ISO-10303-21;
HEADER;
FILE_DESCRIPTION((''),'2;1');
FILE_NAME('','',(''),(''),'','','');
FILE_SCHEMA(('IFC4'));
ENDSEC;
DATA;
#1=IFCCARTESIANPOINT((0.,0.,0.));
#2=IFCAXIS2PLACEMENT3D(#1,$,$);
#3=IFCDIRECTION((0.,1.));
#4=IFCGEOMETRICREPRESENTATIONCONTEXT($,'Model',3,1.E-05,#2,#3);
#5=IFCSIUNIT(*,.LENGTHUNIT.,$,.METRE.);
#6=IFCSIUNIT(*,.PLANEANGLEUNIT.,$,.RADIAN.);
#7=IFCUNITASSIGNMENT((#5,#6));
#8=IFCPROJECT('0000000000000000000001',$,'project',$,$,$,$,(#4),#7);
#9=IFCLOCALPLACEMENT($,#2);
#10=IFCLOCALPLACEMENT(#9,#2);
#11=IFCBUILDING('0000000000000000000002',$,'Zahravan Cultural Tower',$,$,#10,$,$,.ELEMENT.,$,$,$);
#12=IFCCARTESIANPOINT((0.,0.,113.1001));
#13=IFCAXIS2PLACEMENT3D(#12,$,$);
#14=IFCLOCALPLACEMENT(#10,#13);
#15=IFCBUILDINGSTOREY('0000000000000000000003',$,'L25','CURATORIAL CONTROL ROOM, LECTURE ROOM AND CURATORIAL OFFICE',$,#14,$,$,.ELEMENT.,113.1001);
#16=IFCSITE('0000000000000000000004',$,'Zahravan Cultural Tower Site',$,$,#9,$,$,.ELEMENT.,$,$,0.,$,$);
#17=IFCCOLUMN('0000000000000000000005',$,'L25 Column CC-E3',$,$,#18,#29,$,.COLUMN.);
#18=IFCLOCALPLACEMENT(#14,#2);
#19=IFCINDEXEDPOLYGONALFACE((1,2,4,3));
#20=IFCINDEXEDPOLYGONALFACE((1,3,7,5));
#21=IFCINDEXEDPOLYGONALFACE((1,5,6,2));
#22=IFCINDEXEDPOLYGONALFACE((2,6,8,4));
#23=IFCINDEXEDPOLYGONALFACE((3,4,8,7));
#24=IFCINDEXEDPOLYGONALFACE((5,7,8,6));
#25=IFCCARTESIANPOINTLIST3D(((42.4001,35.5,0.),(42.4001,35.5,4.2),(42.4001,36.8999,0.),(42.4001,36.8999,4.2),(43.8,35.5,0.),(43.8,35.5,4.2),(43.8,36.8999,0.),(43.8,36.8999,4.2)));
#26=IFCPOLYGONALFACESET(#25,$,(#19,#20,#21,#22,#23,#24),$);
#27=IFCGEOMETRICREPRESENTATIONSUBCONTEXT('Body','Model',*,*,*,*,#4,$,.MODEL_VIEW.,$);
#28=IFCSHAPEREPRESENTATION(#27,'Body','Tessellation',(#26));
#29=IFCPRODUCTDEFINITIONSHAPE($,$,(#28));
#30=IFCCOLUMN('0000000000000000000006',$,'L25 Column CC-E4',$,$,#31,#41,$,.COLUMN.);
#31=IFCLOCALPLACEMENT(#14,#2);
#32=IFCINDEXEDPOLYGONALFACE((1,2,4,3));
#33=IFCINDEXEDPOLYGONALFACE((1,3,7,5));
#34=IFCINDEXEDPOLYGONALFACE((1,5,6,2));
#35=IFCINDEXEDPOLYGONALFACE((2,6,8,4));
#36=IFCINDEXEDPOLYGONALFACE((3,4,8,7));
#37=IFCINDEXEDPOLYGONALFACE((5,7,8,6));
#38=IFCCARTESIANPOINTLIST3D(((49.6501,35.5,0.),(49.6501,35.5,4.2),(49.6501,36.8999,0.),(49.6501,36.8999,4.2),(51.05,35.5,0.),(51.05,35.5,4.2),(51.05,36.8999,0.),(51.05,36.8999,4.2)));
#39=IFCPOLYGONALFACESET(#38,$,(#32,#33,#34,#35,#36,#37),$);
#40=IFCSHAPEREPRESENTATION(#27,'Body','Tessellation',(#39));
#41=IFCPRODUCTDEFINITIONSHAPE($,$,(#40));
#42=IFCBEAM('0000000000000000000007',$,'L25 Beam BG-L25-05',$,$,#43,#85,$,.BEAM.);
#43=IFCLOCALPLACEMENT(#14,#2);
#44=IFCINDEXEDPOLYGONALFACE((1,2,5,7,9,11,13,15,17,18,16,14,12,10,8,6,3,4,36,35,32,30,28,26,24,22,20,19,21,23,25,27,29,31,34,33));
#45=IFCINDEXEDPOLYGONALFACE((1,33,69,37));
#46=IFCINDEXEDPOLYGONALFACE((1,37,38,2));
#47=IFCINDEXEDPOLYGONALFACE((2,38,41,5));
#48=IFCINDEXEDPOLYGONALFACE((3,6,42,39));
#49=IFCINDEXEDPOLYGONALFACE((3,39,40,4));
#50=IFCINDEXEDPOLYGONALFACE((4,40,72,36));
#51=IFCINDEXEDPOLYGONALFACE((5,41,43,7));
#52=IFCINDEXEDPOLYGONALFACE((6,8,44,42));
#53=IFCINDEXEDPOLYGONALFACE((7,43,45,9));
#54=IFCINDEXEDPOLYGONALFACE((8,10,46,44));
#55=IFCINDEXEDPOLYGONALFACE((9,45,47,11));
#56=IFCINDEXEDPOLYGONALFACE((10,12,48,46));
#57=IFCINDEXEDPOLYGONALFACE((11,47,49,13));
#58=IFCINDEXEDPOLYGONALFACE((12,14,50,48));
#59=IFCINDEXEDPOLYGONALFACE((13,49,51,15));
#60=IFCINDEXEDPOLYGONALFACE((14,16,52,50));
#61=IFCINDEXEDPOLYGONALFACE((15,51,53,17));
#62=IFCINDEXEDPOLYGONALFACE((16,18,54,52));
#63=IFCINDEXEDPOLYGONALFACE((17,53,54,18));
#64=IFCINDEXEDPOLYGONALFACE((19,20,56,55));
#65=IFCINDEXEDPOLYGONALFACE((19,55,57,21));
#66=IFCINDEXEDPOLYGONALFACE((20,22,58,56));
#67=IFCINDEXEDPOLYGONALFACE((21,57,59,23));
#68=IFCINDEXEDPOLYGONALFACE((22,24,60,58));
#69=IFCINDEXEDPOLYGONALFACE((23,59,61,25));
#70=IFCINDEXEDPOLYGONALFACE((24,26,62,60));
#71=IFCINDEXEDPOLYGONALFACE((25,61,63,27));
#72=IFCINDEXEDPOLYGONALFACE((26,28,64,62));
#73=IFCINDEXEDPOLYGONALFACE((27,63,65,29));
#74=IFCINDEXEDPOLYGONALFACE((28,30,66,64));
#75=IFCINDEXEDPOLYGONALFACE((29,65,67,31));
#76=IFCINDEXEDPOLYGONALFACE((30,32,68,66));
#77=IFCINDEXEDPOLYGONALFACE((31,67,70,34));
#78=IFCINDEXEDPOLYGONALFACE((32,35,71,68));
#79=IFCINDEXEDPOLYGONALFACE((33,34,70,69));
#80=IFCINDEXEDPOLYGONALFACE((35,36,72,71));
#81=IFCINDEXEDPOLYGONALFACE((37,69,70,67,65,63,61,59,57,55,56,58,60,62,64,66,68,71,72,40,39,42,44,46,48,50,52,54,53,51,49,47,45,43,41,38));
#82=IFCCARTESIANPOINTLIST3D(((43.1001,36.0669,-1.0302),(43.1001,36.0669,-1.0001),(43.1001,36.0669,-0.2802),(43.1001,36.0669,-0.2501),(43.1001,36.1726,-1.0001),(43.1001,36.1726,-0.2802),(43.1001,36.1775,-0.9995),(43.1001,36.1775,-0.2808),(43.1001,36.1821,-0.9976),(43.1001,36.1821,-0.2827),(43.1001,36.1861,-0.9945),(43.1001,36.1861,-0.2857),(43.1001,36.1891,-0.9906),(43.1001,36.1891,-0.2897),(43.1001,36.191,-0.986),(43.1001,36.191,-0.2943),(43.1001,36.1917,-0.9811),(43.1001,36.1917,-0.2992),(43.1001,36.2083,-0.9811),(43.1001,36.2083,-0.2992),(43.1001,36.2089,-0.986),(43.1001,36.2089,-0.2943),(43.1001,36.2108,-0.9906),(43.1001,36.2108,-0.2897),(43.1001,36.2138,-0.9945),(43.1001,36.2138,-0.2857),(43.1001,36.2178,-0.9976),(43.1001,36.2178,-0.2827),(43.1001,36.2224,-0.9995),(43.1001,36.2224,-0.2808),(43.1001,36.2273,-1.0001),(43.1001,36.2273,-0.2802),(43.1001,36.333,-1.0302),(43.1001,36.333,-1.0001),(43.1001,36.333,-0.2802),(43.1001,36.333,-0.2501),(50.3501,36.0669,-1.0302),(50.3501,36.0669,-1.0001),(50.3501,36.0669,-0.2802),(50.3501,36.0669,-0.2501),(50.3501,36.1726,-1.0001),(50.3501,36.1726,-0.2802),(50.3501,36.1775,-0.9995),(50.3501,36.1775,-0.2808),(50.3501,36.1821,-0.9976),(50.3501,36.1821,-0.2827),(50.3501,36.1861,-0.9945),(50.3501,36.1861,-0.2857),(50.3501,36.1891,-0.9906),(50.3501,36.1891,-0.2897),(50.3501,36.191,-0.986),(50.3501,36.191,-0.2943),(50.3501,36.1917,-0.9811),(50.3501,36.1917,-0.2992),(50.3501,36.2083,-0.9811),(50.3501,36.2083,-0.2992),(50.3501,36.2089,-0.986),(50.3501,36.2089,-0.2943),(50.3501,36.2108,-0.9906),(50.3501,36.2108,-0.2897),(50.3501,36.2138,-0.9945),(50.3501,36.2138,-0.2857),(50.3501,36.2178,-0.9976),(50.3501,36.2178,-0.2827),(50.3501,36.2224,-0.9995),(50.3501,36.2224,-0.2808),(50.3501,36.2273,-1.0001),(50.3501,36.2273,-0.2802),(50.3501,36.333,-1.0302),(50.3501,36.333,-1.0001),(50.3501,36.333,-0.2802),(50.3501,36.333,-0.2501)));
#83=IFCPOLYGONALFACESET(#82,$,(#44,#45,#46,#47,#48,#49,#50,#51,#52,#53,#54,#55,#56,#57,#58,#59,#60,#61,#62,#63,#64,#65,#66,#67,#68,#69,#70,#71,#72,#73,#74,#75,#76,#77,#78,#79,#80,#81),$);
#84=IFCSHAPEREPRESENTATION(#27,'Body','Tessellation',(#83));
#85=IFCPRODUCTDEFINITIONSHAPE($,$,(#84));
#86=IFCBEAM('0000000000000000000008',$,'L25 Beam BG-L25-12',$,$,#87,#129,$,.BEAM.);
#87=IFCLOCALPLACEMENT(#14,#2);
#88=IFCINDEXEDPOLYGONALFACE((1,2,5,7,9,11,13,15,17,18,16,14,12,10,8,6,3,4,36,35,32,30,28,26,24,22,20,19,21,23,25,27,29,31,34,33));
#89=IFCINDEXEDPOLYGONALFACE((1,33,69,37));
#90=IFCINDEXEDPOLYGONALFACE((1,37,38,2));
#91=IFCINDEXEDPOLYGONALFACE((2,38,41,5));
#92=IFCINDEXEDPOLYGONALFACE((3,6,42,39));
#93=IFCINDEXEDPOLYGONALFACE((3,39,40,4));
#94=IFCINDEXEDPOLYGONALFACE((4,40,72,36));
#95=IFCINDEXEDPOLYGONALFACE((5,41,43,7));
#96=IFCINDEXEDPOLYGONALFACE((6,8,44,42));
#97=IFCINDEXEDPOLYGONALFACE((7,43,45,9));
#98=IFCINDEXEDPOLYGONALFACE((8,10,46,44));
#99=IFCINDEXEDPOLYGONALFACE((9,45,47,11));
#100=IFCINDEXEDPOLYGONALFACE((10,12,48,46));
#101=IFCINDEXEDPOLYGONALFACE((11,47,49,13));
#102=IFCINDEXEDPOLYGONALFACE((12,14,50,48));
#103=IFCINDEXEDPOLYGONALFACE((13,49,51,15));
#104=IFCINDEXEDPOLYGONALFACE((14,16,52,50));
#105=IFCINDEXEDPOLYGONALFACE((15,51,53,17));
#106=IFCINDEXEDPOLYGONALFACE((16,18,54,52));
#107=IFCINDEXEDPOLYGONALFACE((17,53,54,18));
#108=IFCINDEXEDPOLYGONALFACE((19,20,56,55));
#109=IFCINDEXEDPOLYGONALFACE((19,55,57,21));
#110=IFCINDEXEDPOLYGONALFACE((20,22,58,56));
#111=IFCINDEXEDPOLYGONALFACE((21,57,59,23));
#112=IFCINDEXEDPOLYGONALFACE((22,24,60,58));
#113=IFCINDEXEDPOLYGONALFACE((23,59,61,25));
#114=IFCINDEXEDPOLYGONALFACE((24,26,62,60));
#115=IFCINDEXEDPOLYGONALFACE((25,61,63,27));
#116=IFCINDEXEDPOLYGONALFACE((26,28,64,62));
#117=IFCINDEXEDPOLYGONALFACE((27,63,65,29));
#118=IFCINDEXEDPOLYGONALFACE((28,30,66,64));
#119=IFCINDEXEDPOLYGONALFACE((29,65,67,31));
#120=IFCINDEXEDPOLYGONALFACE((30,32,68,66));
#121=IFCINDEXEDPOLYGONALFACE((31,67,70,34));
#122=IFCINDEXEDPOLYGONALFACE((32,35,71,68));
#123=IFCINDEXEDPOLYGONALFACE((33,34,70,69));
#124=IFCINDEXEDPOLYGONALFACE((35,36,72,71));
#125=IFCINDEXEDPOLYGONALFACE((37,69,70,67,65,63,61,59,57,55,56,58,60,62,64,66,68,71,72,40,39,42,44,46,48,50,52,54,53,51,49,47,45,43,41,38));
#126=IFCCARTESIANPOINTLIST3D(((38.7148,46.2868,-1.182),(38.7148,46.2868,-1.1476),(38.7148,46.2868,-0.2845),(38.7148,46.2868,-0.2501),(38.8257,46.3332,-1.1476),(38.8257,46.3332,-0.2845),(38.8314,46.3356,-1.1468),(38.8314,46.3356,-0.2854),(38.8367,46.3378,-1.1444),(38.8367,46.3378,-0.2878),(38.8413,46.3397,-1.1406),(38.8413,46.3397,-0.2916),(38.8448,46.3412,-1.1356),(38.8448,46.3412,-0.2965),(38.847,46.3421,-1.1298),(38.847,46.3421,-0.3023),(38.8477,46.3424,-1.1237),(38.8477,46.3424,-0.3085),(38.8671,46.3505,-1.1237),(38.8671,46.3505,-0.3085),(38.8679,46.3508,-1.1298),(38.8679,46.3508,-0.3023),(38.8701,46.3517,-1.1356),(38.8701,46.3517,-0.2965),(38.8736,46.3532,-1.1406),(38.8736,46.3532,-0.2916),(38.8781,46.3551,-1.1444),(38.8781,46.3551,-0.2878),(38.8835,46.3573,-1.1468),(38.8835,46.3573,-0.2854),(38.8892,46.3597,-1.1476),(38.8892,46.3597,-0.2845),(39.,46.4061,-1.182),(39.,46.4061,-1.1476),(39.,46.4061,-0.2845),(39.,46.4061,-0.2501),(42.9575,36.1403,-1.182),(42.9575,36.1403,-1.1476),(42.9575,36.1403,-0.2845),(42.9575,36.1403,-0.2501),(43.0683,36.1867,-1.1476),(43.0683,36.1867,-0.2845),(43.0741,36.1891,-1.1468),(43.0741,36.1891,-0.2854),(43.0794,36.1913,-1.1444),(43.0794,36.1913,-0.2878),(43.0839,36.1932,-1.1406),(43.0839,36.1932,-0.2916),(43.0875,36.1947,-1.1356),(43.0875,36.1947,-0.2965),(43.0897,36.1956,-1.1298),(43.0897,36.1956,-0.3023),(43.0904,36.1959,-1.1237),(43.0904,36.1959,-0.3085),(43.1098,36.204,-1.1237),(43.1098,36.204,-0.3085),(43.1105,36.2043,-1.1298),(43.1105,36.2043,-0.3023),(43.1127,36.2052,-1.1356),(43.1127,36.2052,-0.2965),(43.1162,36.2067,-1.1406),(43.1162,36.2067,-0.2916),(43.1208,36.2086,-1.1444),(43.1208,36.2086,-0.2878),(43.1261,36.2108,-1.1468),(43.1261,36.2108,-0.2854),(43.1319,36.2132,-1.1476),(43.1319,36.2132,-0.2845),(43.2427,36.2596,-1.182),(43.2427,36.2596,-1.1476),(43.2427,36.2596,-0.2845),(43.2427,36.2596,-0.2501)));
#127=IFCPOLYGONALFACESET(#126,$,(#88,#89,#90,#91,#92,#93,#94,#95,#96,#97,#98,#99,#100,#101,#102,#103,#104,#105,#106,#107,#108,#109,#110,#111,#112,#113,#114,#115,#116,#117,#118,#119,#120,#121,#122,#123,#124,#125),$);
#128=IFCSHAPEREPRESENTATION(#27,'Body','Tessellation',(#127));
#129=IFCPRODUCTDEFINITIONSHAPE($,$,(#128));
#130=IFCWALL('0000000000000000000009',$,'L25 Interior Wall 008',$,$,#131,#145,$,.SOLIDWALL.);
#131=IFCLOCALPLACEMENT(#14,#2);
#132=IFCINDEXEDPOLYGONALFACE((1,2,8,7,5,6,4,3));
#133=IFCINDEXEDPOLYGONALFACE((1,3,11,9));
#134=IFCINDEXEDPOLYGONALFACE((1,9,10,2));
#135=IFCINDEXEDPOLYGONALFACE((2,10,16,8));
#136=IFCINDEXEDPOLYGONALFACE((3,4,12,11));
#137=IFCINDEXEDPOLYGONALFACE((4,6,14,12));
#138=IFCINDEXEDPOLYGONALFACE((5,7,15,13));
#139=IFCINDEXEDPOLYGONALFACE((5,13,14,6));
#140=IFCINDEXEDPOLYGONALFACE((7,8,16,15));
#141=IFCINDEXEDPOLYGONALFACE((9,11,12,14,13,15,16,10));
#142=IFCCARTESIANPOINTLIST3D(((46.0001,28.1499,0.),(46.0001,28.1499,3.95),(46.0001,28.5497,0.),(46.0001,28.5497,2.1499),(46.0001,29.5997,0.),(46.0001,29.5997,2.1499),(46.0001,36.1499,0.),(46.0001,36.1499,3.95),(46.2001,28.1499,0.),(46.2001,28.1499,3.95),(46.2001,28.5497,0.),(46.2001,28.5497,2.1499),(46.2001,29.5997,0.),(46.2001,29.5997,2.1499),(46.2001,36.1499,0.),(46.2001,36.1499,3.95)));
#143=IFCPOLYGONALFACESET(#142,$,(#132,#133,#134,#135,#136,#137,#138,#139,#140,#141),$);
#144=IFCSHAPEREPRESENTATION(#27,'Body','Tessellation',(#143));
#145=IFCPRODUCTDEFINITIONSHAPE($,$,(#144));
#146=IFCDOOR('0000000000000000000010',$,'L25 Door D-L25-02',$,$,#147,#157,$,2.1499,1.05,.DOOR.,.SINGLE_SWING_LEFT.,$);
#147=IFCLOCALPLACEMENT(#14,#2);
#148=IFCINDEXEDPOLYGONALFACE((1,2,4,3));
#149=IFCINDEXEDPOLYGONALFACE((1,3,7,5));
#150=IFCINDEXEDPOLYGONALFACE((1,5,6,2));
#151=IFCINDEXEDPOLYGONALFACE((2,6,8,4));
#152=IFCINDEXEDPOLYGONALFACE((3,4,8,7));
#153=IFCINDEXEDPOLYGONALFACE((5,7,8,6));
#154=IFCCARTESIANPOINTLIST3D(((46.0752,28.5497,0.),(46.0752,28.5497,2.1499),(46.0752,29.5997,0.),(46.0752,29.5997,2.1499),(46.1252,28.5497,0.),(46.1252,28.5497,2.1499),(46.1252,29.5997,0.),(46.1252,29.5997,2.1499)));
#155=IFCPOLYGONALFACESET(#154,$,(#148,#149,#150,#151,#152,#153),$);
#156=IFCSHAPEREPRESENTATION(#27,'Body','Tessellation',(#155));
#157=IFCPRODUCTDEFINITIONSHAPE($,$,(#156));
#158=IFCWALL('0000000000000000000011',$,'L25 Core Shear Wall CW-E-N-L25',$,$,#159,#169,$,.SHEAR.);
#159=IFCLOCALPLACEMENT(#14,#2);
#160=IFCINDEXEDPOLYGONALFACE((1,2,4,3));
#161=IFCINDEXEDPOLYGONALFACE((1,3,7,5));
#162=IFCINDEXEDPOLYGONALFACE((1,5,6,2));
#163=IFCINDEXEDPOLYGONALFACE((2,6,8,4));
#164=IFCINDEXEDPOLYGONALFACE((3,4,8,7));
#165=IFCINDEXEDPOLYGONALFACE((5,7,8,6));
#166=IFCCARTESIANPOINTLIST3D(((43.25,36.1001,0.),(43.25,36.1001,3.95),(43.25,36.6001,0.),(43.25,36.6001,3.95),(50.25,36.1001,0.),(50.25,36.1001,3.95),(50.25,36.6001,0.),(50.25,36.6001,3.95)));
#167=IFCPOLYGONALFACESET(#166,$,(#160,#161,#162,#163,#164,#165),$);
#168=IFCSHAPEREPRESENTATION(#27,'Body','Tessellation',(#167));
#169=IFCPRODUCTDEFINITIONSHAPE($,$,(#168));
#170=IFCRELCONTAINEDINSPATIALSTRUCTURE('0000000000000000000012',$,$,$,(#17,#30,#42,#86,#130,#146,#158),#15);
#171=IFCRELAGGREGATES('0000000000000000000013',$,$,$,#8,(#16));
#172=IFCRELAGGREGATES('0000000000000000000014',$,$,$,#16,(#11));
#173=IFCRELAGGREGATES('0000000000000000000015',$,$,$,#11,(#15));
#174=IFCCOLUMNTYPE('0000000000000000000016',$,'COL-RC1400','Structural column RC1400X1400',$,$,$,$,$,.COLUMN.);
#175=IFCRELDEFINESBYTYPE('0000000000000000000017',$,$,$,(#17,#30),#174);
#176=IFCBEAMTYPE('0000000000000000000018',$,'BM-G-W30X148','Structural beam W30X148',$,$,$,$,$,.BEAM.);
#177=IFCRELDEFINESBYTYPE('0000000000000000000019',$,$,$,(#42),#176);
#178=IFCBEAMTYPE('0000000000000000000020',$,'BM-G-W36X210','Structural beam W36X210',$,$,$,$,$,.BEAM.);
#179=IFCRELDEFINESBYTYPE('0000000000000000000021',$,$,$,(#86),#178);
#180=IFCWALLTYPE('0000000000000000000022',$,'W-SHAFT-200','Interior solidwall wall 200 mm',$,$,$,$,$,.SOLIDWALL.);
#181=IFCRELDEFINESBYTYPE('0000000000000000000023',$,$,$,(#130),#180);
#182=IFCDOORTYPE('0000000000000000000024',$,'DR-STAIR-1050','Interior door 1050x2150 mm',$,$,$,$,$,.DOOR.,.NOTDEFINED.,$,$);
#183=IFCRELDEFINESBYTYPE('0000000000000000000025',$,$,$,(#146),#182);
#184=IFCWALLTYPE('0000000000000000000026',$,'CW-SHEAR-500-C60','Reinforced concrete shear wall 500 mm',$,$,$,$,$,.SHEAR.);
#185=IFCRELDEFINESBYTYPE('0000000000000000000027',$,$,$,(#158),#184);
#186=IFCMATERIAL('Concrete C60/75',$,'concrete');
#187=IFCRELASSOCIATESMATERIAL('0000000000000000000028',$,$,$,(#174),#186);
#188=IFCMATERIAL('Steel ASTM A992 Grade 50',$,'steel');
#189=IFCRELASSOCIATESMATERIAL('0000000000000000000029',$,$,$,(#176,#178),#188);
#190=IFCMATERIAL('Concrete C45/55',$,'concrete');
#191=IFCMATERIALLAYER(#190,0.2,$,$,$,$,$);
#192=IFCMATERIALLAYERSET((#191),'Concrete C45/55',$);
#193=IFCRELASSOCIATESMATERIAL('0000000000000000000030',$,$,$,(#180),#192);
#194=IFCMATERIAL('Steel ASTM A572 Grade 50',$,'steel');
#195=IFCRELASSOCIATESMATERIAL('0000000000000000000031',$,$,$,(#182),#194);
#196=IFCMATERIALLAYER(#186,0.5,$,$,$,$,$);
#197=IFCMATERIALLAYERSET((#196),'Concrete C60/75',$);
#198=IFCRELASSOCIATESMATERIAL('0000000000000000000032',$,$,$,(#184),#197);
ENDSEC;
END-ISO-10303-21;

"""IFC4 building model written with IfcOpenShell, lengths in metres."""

from ifc_helpers import new_model, si_unit, direction, frame, frame_2d, origin, origin_2d, place, context, subcontext, project, spatial, rectangle, i_section, extrude, source, transform, mapped, material, layer, layer_set, material_profile, profile_set, type_object, element, fill, save


model = new_model("IFC4")

# Units and contexts
model_context = context("Model", 3, precision=1e-05, world=origin(), true_north=direction((0.0, 1.0)))
body_context = subcontext(model_context, "Body", "Model", "MODEL_VIEW")
ifc_project = project(units=[si_unit("LENGTHUNIT", "METRE"), si_unit("PLANEANGLEUNIT", "RADIAN")], contexts=[model_context])

# Site, building, storey
site_placement = place(None, origin())
site = spatial("IfcSite", under=ifc_project, at=site_placement, Name="Zahravan Cultural Tower Site", CompositionType="ELEMENT", RefElevation=0.0)
building_placement = place(site_placement, origin())
building = spatial("IfcBuilding", under=site, at=building_placement, Name="Zahravan Cultural Tower", CompositionType="ELEMENT")
storey_placement = place(building_placement, frame((0.0, 0.0, 113.1001)))
storey = spatial("IfcBuildingStorey", under=building, at=storey_placement, Name="L25", Description="CURATORIAL CONTROL ROOM, LECTURE ROOM AND CURATORIAL OFFICE", CompositionType="ELEMENT", Elevation=113.1001)

# Columns
ifc_material_1 = material(Name="Concrete C60/75", Category="concrete")
ifc_material_profile_1 = material_profile(ifc_material_1, rectangle(XDim=1.3999, YDim=1.3999, at=origin_2d()), Name="RC1400X1400")
ifc_profile_set_1 = profile_set([ifc_material_profile_1], Name="Concrete C60/75")
column_type = type_object("IfcColumnType", Name="COL-RC1400", Description="Structural column RC1400X1400", PredefinedType="COLUMN", material=ifc_profile_set_1)
shared_shape_1 = source(origin(), body_context, "Body", "SweptSolid", [
    extrude(rectangle(XDim=1.3999, YDim=1.3999, at=origin_2d()), origin(), (0.0, 0.0, 1.0), 4.2),
])
for number, where, z_axis, x_axis, name in (
    (1, (43.1001, 36.2, 0.0), (0.0, 0.0, 1.0), (1.0, 0.0, 0.0), "L25 Column CC-E3"),
    (2, (50.3501, 36.2, 0.0), (0.0, 0.0, 1.0), (1.0, 0.0, 0.0), "L25 Column CC-E4"),
):
    element("IfcColumn", number, at=place(storey_placement, frame(where, z_axis=z_axis, x_axis=x_axis)), inside=storey, type_object=column_type, Name=name, PredefinedType="COLUMN", context=body_context, shape_type="MappedRepresentation", body=[
        mapped(shared_shape_1, transform((0.0, 0.0, 0.0), x_axis=(1.0, 0.0, 0.0), y_axis=(0.0, 1.0, 0.0), z_axis=(0.0, 0.0, 1.0), scale=1.0)),
    ])

# Beams
ifc_material_2 = material(Name="Steel ASTM A992 Grade 50", Category="steel")
ifc_material_profile_2 = material_profile(ifc_material_2, i_section(OverallWidth=0.2661, OverallDepth=0.78, WebThickness=0.0166, FlangeThickness=0.03, FilletRadius=0.019, at=origin_2d()), Name="W30X148")
ifc_profile_set_2 = profile_set([ifc_material_profile_2], Name="Steel ASTM A992 Grade 50")
beam_type_1 = type_object("IfcBeamType", Name="BM-G-W30X148", Description="Structural beam W30X148", PredefinedType="BEAM", material=ifc_profile_set_2)
shared_shape_2 = source(origin(), body_context, "Body", "SweptSolid", [
    extrude(i_section(OverallWidth=0.2661, OverallDepth=0.78, WebThickness=0.0166, FlangeThickness=0.03, FilletRadius=0.019, at=origin_2d()), origin(), (0.0, 0.0, 1.0), 7.25),
])
beam_1_placement = place(storey_placement, frame((43.1001, 36.2, -0.6401), z_axis=(1.0, 0.0, 0.0), x_axis=(0.0, 1.0, 0.0)))
element("IfcBeam", 3, at=beam_1_placement, inside=storey, type_object=beam_type_1, Name="L25 Beam BG-L25-05", PredefinedType="BEAM", context=body_context, shape_type="MappedRepresentation", body=[
    mapped(shared_shape_2, transform((0.0, 0.0, 0.0), x_axis=(1.0, 0.0, 0.0), y_axis=(0.0, 1.0, 0.0), z_axis=(0.0, 0.0, 1.0), scale=1.0)),
])
ifc_material_profile_3 = material_profile(ifc_material_2, i_section(OverallWidth=0.3091, OverallDepth=0.9319, WebThickness=0.021, FlangeThickness=0.0344, FilletRadius=0.0239, at=origin_2d()), Name="W36X210")
ifc_profile_set_3 = profile_set([ifc_material_profile_3], Name="Steel ASTM A992 Grade 50")
beam_type_2 = type_object("IfcBeamType", Name="BM-G-W36X210", Description="Structural beam W36X210", PredefinedType="BEAM", material=ifc_profile_set_3)
shared_shape_3 = source(origin(), body_context, "Body", "SweptSolid", [
    extrude(i_section(OverallWidth=0.3091, OverallDepth=0.9319, WebThickness=0.021, FlangeThickness=0.0344, FilletRadius=0.0239, at=origin_2d()), origin(), (0.0, 0.0, 1.0), 10.9978),
])
beam_2_placement = place(storey_placement, frame((43.1001, 36.2, -0.7161), z_axis=(-0.385775, 0.922593, 0.0), x_axis=(-0.922593, -0.385775, 0.0)))
element("IfcBeam", 4, at=beam_2_placement, inside=storey, type_object=beam_type_2, Name="L25 Beam BG-L25-12", PredefinedType="BEAM", context=body_context, shape_type="MappedRepresentation", body=[
    mapped(shared_shape_3, transform((0.0, 0.0, 0.0), x_axis=(1.0, 0.0, 0.0), y_axis=(0.0, 1.0, 0.0), z_axis=(0.0, 0.0, 1.0), scale=1.0)),
])

# Wall, opening, door
ifc_material_3 = material(Name="Concrete C45/55", Category="concrete")
ifc_layer_1 = layer(ifc_material_3, 0.2)
ifc_layer_set_1 = layer_set([ifc_layer_1], Name="Concrete C45/55")
wall_type_1 = type_object("IfcWallType", Name="W-SHAFT-200", Description="Interior solidwall wall 200 mm", PredefinedType="SOLIDWALL", material=ifc_layer_set_1)
wall_1_placement = place(storey_placement, frame((46.1001, 28.1499, 0.0), z_axis=(0.0, 0.0, 1.0), x_axis=(0.0, 1.0, 0.0)))
wall_1 = element("IfcWall", 5, at=wall_1_placement, inside=storey, type_object=wall_type_1, Name="L25 Interior Wall 008", PredefinedType="SOLIDWALL", context=body_context, shape_type="SweptSolid", body=[
    extrude(rectangle(XDim=8.0, YDim=0.2, at=frame_2d((4.0, 0.0))), origin(), (0.0, 0.0, 1.0), 3.95),
])
opening_1_placement = place(wall_1_placement, frame((0.3999, 0.0, 0.0)))
opening_1 = element("IfcOpeningElement", 6, at=opening_1_placement, cuts=wall_1, PredefinedType="OPENING", context=body_context, shape_type="SweptSolid", body=[
    extrude(rectangle(XDim=1.05, YDim=2.1499, at=frame_2d((0.5249, 1.075))), frame((0.0, 0.1099, 0.0), z_axis=(0.0, -1.0, 0.0), x_axis=(1.0, 0.0, 0.0)), (0.0, 0.0, 1.0), 0.22),
])
ifc_material_4 = material(Name="Steel ASTM A572 Grade 50", Category="steel")
door_type_1 = type_object("IfcDoorType", Name="DR-STAIR-1050", Description="Interior door 1050x2150 mm", OperationType="NOTDEFINED", PredefinedType="DOOR", material=ifc_material_4)
shared_shape_4 = source(origin(), body_context, "Body", "SweptSolid", [
    extrude(rectangle(XDim=1.05, YDim=2.1499, at=frame_2d((0.5249, 1.075))), frame((0.0, 0.0249, 0.0), z_axis=(0.0, -1.0, 0.0), x_axis=(1.0, 0.0, 0.0)), (0.0, 0.0, 1.0), 0.05),
])
door_1_placement = place(opening_1_placement, origin())
door_1 = element("IfcDoor", 7, at=door_1_placement, inside=storey, type_object=door_type_1, Name="L25 Door D-L25-02", OperationType="SINGLE_SWING_LEFT", OverallHeight=2.1499, OverallWidth=1.05, PredefinedType="DOOR", context=body_context, shape_type="MappedRepresentation", body=[
    mapped(shared_shape_4, transform((0.0, 0.0, 0.0), x_axis=(1.0, 0.0, 0.0), y_axis=(0.0, 1.0, 0.0), z_axis=(0.0, 0.0, 1.0), scale=1.0)),
])
fill(opening_1, door_1)

# Wall
ifc_layer_2 = layer(ifc_material_1, 0.5)
ifc_layer_set_2 = layer_set([ifc_layer_2], Name="Concrete C60/75")
wall_type_2 = type_object("IfcWallType", Name="CW-SHEAR-500-C60", Description="Reinforced concrete shear wall 500 mm", PredefinedType="SHEAR", material=ifc_layer_set_2)
shared_shape_5 = source(origin(), body_context, "Body", "SweptSolid", [
    extrude(rectangle(XDim=7.0, YDim=0.5, at=frame_2d((3.5, 0.0))), origin(), (0.0, 0.0, 1.0), 3.95),
])
wall_2_placement = place(storey_placement, frame((43.25, 36.3501, 0.0), z_axis=(0.0, 0.0, 1.0), x_axis=(1.0, 0.0, 0.0)))
element("IfcWall", 8, at=wall_2_placement, inside=storey, type_object=wall_type_2, Name="L25 Core Shear Wall CW-E-N-L25", PredefinedType="SHEAR", context=body_context, shape_type="MappedRepresentation", body=[
    mapped(shared_shape_5, transform((0.0, 0.0, 0.0), x_axis=(1.0, 0.0, 0.0), y_axis=(0.0, 1.0, 0.0), z_axis=(0.0, 0.0, 1.0), scale=1.0)),
])

save(model, "model.ifc")
